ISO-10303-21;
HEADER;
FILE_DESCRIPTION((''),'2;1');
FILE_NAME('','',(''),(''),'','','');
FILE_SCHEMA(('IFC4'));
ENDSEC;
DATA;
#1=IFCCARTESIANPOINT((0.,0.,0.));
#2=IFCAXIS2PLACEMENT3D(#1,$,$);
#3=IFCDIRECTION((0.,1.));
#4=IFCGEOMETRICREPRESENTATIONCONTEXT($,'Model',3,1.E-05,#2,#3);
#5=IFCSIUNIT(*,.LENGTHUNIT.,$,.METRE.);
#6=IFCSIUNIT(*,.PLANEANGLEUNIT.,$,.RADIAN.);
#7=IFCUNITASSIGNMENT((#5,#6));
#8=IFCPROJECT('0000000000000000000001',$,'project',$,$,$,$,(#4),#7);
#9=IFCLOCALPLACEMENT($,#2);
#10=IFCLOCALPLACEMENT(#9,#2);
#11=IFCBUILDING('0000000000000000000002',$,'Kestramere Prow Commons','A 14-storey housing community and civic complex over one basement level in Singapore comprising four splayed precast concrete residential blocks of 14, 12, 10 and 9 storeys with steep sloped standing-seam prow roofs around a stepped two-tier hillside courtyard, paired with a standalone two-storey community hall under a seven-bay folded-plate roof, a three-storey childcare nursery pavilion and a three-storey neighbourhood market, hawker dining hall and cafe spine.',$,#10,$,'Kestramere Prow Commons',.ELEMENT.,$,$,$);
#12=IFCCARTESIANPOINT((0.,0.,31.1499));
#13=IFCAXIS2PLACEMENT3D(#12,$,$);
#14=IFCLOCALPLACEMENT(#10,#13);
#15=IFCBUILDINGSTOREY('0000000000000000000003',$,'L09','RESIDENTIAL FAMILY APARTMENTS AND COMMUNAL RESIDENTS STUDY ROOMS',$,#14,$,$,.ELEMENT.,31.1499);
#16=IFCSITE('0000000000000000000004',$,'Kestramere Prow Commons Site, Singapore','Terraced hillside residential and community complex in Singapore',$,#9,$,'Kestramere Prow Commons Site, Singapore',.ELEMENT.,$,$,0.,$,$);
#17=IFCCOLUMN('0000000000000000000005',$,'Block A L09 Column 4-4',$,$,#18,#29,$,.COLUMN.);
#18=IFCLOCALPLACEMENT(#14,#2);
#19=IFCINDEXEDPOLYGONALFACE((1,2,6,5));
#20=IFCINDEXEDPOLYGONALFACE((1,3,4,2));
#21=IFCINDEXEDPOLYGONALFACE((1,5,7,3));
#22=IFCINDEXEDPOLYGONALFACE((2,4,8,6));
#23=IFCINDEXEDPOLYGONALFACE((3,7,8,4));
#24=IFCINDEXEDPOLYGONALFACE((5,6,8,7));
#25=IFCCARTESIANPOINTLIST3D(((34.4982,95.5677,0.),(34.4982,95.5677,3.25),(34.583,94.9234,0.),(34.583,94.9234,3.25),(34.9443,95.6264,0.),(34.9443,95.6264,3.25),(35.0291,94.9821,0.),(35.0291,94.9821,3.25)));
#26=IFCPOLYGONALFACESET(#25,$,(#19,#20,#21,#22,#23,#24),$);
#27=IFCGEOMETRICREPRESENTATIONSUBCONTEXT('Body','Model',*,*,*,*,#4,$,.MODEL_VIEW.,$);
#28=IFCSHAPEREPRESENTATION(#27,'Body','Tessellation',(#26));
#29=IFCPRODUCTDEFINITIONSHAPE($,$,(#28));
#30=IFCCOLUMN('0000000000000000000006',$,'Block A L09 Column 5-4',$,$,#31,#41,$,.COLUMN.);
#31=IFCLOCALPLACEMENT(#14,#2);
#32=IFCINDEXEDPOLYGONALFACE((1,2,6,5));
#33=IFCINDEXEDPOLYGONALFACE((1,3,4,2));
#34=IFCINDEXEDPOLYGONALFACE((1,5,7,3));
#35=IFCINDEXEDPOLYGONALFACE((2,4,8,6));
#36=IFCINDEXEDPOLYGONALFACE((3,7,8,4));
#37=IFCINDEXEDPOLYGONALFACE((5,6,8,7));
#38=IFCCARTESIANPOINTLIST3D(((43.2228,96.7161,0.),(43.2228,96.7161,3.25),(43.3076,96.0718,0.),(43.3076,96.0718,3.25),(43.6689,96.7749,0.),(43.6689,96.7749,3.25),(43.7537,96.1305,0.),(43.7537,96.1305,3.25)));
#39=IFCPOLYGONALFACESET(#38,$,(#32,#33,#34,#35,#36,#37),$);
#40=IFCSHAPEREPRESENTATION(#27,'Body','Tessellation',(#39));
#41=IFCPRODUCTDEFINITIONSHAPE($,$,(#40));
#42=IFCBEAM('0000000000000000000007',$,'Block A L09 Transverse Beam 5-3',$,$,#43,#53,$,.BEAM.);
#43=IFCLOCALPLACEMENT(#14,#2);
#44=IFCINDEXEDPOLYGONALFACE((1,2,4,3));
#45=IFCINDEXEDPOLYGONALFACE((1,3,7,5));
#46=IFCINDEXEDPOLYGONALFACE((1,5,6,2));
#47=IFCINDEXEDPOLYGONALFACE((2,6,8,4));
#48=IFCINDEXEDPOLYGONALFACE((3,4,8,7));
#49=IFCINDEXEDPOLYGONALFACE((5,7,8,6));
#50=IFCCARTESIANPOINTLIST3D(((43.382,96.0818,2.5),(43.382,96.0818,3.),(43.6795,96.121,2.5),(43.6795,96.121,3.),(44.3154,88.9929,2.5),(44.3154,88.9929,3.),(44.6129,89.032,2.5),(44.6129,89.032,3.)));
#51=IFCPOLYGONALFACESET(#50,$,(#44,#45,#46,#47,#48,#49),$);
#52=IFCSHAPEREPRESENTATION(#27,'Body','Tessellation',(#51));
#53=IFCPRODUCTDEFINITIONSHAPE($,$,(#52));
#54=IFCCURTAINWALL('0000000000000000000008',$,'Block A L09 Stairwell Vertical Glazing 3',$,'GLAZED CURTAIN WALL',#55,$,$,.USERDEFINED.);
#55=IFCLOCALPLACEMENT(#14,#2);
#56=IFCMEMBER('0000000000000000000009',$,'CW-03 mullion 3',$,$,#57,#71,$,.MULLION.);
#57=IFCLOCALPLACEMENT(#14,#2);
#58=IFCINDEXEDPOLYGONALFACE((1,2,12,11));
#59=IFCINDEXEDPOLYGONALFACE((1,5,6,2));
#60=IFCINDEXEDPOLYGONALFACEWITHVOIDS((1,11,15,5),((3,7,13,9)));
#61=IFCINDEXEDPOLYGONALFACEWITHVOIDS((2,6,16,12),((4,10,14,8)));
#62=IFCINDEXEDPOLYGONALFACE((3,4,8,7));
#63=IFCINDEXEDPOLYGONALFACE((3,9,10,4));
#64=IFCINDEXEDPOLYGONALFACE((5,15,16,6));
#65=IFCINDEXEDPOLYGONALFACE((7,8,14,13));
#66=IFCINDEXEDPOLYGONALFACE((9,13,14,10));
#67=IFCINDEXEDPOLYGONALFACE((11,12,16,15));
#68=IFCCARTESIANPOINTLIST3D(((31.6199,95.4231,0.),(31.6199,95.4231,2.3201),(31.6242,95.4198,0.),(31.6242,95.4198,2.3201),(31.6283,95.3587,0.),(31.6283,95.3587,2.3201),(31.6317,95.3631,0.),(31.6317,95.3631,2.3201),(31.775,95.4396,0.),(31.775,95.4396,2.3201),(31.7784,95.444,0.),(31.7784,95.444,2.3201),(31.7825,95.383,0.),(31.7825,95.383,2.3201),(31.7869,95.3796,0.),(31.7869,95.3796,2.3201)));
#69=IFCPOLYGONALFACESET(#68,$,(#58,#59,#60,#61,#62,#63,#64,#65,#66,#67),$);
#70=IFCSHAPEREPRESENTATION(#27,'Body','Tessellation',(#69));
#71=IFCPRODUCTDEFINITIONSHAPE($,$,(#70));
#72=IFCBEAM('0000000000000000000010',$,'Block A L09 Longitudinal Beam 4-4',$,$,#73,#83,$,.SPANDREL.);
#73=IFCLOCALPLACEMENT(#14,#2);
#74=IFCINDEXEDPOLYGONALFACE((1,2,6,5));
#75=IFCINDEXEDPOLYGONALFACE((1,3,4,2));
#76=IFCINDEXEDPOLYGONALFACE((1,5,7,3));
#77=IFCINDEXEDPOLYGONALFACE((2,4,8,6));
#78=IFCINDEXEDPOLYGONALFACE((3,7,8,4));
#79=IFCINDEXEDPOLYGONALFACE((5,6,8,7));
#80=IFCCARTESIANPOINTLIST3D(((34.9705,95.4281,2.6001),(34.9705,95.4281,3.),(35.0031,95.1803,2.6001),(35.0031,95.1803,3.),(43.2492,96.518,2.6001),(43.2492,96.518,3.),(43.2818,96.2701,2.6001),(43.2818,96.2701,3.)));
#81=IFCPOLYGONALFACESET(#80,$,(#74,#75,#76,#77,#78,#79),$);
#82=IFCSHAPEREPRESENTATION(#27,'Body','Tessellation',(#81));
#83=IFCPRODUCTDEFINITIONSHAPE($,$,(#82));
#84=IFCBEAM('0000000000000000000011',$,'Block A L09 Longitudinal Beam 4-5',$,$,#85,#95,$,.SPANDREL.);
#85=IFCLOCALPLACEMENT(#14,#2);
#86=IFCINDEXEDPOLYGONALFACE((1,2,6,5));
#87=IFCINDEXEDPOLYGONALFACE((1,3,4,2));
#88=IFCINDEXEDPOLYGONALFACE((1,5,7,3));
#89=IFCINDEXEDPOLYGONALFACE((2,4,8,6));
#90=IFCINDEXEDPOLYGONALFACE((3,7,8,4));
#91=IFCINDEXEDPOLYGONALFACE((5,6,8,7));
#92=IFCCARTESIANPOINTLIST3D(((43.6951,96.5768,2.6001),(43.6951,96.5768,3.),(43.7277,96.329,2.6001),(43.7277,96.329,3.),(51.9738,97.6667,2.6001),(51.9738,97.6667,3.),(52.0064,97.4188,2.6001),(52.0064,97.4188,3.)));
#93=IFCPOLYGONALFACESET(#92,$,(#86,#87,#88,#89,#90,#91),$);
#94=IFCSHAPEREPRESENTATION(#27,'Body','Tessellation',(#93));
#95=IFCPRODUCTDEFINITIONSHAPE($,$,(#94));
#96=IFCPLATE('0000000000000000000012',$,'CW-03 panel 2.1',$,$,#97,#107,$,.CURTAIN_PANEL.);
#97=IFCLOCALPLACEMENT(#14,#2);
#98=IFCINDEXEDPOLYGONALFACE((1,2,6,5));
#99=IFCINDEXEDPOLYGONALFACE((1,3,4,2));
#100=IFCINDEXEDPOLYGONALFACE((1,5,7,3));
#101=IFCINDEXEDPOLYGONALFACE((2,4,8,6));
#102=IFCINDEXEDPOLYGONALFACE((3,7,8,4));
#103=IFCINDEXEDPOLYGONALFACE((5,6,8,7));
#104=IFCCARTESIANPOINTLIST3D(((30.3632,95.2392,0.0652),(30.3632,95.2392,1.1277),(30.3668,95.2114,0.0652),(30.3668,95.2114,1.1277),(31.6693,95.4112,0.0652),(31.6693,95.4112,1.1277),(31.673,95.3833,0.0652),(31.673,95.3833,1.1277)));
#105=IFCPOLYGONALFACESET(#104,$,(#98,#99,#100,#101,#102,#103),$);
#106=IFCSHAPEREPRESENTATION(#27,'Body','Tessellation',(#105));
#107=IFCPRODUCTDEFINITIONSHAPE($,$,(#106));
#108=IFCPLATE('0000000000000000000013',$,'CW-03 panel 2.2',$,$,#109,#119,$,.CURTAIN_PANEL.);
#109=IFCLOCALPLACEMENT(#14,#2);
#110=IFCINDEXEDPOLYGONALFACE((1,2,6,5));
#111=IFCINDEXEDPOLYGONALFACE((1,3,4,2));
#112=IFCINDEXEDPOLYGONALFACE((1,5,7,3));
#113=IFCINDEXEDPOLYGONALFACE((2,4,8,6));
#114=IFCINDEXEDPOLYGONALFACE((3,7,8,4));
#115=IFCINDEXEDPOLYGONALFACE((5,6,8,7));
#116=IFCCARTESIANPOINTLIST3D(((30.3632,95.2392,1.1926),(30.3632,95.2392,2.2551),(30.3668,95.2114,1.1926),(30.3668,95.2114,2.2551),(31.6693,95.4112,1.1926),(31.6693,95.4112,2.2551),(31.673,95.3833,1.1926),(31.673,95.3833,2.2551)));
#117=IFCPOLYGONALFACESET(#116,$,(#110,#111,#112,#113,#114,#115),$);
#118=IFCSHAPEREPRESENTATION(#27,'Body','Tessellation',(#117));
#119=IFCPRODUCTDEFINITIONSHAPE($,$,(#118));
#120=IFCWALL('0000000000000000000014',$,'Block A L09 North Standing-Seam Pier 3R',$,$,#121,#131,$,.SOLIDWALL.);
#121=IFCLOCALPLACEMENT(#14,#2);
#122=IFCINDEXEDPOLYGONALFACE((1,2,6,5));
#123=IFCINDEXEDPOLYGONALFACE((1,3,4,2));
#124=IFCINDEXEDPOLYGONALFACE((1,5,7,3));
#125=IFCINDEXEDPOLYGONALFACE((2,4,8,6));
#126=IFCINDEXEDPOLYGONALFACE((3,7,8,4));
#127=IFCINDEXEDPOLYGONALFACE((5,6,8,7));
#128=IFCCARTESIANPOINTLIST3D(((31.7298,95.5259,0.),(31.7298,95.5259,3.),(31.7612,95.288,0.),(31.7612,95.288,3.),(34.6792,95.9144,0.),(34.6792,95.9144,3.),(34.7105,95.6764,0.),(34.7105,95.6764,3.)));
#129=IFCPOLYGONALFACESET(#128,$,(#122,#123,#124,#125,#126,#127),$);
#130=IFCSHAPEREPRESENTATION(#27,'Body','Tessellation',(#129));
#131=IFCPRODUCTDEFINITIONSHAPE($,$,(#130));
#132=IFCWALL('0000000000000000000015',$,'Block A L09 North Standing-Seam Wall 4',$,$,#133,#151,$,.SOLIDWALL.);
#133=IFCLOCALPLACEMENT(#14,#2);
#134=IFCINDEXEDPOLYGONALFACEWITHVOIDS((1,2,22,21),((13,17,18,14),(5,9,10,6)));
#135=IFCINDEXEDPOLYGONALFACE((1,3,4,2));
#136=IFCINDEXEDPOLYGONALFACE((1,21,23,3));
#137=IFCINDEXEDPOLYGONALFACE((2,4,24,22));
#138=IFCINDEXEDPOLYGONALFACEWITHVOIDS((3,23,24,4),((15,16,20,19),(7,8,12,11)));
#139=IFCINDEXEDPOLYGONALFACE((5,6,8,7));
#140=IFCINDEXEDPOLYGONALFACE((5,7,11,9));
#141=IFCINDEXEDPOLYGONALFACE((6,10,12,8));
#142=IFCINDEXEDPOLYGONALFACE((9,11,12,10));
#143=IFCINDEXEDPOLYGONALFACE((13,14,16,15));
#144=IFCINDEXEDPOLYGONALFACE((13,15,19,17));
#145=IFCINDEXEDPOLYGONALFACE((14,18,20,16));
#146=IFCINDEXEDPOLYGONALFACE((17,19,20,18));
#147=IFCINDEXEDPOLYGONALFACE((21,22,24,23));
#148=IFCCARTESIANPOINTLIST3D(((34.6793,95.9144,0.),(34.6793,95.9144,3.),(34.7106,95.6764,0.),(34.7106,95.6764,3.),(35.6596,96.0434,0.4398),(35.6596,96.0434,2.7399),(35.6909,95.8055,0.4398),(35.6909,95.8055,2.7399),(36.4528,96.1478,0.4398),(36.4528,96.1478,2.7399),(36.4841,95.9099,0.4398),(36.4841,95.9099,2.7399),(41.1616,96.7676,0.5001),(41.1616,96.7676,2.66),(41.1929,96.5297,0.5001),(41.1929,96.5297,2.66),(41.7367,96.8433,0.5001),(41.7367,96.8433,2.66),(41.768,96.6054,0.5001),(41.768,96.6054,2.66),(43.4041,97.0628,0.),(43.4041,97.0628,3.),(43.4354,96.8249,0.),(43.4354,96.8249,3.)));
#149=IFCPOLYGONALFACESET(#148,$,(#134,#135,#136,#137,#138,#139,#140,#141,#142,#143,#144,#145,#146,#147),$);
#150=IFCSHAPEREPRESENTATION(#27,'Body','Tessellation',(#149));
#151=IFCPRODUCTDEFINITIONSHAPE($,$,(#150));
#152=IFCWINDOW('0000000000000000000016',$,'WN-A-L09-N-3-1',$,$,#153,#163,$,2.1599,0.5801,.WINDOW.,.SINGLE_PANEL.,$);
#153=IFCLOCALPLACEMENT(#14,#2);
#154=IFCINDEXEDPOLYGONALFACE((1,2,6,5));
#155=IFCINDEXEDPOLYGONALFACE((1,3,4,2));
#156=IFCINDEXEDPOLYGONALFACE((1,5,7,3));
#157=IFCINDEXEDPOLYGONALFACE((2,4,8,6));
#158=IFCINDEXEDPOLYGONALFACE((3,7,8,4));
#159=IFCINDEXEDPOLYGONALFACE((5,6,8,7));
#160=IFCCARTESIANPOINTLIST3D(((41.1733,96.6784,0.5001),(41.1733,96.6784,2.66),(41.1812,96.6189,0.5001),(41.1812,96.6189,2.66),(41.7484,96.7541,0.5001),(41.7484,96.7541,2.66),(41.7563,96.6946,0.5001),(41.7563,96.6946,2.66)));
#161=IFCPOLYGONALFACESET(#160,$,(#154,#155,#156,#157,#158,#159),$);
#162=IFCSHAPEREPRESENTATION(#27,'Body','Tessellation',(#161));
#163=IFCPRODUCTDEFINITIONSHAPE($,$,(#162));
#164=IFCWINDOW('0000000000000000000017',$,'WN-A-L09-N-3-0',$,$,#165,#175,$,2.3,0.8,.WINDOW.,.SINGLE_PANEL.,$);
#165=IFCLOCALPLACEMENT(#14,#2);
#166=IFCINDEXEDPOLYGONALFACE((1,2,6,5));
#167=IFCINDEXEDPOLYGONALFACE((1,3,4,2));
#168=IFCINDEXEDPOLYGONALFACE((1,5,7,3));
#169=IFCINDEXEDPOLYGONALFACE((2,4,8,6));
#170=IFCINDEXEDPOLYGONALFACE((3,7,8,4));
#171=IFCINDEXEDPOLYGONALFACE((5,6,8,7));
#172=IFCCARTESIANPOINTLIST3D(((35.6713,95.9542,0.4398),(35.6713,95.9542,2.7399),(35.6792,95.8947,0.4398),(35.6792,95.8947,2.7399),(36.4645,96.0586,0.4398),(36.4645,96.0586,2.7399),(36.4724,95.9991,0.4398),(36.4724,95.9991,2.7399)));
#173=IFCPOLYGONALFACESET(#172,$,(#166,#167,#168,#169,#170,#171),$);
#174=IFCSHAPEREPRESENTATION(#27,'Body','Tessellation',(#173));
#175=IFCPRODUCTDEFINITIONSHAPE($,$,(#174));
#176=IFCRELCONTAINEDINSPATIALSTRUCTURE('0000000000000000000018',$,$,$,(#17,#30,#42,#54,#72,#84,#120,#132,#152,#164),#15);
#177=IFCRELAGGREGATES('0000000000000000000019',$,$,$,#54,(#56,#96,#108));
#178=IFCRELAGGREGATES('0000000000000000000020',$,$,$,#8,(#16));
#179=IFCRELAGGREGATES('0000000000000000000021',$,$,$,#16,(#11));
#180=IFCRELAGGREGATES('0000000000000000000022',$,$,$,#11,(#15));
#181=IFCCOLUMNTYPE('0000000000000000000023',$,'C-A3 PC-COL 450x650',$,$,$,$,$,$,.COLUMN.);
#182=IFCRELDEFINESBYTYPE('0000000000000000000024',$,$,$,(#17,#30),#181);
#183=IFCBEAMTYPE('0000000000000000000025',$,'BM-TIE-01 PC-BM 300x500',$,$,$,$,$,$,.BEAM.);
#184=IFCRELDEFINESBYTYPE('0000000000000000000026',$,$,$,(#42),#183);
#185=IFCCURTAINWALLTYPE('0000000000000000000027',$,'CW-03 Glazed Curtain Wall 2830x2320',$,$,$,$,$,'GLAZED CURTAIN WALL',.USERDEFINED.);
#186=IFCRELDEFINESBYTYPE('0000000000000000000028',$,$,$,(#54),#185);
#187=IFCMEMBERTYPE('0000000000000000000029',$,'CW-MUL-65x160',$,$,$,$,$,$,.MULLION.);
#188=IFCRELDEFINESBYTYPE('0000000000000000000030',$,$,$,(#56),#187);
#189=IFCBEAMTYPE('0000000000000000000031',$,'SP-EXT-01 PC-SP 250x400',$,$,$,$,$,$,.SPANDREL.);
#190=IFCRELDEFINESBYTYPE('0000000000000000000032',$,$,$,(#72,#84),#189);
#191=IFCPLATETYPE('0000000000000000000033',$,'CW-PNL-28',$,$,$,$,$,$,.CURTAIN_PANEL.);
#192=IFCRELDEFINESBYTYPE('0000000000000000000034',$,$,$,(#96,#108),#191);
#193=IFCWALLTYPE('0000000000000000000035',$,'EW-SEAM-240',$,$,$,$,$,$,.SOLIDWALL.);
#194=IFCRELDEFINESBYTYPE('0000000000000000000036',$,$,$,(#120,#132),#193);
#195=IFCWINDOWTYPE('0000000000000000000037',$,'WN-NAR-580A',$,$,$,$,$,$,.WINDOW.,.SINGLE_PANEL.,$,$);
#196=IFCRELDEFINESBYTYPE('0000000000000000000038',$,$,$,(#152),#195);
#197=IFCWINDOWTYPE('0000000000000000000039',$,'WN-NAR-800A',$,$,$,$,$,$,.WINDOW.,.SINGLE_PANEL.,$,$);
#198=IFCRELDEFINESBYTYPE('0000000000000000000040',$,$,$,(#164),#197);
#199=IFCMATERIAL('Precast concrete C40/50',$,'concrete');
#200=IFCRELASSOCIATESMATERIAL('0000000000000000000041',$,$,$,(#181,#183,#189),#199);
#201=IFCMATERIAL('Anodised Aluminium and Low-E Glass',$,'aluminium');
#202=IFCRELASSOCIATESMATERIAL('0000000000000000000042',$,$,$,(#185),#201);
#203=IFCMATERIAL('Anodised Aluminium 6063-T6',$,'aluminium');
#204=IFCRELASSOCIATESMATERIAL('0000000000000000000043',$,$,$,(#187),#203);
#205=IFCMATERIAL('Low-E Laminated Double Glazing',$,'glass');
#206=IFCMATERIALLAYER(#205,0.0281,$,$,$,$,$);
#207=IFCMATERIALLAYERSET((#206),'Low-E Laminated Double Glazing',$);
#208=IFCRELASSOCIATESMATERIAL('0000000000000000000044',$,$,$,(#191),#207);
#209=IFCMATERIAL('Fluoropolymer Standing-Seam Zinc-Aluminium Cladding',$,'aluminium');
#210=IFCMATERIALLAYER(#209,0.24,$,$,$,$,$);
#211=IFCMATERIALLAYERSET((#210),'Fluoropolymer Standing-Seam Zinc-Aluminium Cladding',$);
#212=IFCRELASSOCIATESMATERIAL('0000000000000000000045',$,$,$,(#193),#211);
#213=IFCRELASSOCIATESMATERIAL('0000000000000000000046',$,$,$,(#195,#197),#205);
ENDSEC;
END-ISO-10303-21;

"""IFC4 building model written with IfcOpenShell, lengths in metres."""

from ifc_helpers import new_model, si_unit, direction, frame, frame_2d, origin, origin_2d, place, context, subcontext, project, spatial, rectangle, hollow_rectangle, extrude, material, layer, layer_set, material_profile, profile_set, type_object, element, fill, aggregate, save


model = new_model("IFC4")

# Units and contexts
model_context = context("Model", 3, precision=1e-05, world=origin(), true_north=direction((0.0, 1.0)))
body_context = subcontext(model_context, "Body", "Model", "MODEL_VIEW")
ifc_project = project(units=[si_unit("LENGTHUNIT", "METRE"), si_unit("PLANEANGLEUNIT", "RADIAN")], contexts=[model_context])

# Site, building, storey
site_placement = place(None, origin())
site = spatial("IfcSite", under=ifc_project, at=site_placement, Name="Kestramere Prow Commons Site, Singapore", Description="Terraced hillside residential and community complex in Singapore", LongName="Kestramere Prow Commons Site, Singapore", CompositionType="ELEMENT", RefElevation=0.0)
building_placement = place(site_placement, origin())
building = spatial("IfcBuilding", under=site, at=building_placement, Name="Kestramere Prow Commons", Description="A 14-storey housing community and civic complex over one basement level in Singapore comprising four splayed precast concrete residential blocks of 14, 12, 10 and 9 storeys with steep sloped standing-seam prow roofs around a stepped two-tier hillside courtyard, paired with a standalone two-storey community hall under a seven-bay folded-plate roof, a three-storey childcare nursery pavilion and a three-storey neighbourhood market, hawker dining hall and cafe spine.", LongName="Kestramere Prow Commons", CompositionType="ELEMENT")
storey_placement = place(building_placement, frame((0.0, 0.0, 31.1499)))
storey = spatial("IfcBuildingStorey", under=building, at=storey_placement, Name="L09", Description="RESIDENTIAL FAMILY APARTMENTS AND COMMUNAL RESIDENTS STUDY ROOMS", CompositionType="ELEMENT", Elevation=31.1499)

# Columns
ifc_material_1 = material(Name="Precast concrete C40/50", Category="concrete")
ifc_material_profile_1 = material_profile(ifc_material_1, rectangle(XDim=0.45, YDim=0.6499, at=origin_2d()), Name="PC-COL 450x650")
ifc_profile_set_1 = profile_set([ifc_material_profile_1], Name="Precast concrete C40/50")
column_type = type_object("IfcColumnType", Name="C-A3 PC-COL 450x650", PredefinedType="COLUMN", material=ifc_profile_set_1)
for number, where, z_axis, x_axis, name in (
    (1, (34.7637, 95.2749, 0.0), (0.0, 0.0, 1.0), (0.991445, 0.130526, 0.0), "Block A L09 Column 4-4"),
    (2, (43.4883, 96.4233, 0.0), (0.0, 0.0, 1.0), (0.991445, 0.130526, 0.0), "Block A L09 Column 5-4"),
):
    element("IfcColumn", number, at=place(storey_placement, frame(where, z_axis=z_axis, x_axis=x_axis)), inside=storey, type_object=column_type, Name=name, PredefinedType="COLUMN", context=body_context, shape_type="SweptSolid", body=[
        extrude(rectangle(XDim=0.45, YDim=0.6499, at=origin_2d()), origin(), (0.0, 0.0, 1.0), 3.25),
    ])

# Beam
ifc_material_profile_2 = material_profile(ifc_material_1, rectangle(XDim=0.3, YDim=0.5, at=origin_2d()), Name="PC-BM 300x500")
ifc_profile_set_2 = profile_set([ifc_material_profile_2], Name="Precast concrete C40/50")
beam_type_1 = type_object("IfcBeamType", Name="BM-TIE-01 PC-BM 300x500", PredefinedType="BEAM", material=ifc_profile_set_2)
beam_placement = place(storey_placement, frame((44.4641, 89.0125, 2.75), z_axis=(-0.130538, 0.991443, 0.0), x_axis=(-0.991443, -0.130538, 0.0)))
element("IfcBeam", 3, at=beam_placement, inside=storey, type_object=beam_type_1, Name="Block A L09 Transverse Beam 5-3", PredefinedType="BEAM", context=body_context, shape_type="SweptSolid", body=[
    extrude(rectangle(XDim=0.3, YDim=0.5, at=origin_2d()), origin(), (0.0, 0.0, 1.0), 7.1501),
])

# Curtain wall, member
ifc_material_2 = material(Name="Anodised Aluminium and Low-E Glass", Category="aluminium")
curtain_wall_type = type_object("IfcCurtainWallType", Name="CW-03 Glazed Curtain Wall 2830x2320", ElementType="GLAZED CURTAIN WALL", PredefinedType="USERDEFINED", material=ifc_material_2)
curtain_wall_placement = place(storey_placement, origin())
curtain_wall = element("IfcCurtainWall", 4, at=curtain_wall_placement, inside=storey, type_object=curtain_wall_type, Name="Block A L09 Stairwell Vertical Glazing 3", ObjectType="GLAZED CURTAIN WALL", PredefinedType="USERDEFINED")
ifc_material_3 = material(Name="Anodised Aluminium 6063-T6", Category="aluminium")
ifc_material_profile_3 = material_profile(ifc_material_3, hollow_rectangle(XDim=0.0649, YDim=0.1599, WallThickness=0.0039, at=origin_2d()), Name="ALU-MUL 65x160")
ifc_profile_set_3 = profile_set([ifc_material_profile_3], Name="Anodised Aluminium 6063-T6")
member_type = type_object("IfcMemberType", Name="CW-MUL-65x160", PredefinedType="MULLION", material=ifc_profile_set_3)
member_placement = place(storey_placement, frame((31.7034, 95.4014, 0.0), z_axis=(0.0, 0.0, 1.0), x_axis=(-0.130526, 0.991445, 0.0)))
member = element("IfcMember", 5, at=member_placement, type_object=member_type, Name="CW-03 mullion 3", PredefinedType="MULLION", context=body_context, shape_type="SweptSolid", body=[
    extrude(hollow_rectangle(XDim=0.0649, YDim=0.1599, WallThickness=0.0039, at=origin_2d()), origin(), (0.0, 0.0, 1.0), 2.3201),
])

# Beams
ifc_material_profile_4 = material_profile(ifc_material_1, rectangle(XDim=0.25, YDim=0.3999, at=origin_2d()), Name="PC-SP 250x400")
ifc_profile_set_4 = profile_set([ifc_material_profile_4], Name="Precast concrete C40/50")
beam_type_2 = type_object("IfcBeamType", Name="SP-EXT-01 PC-SP 250x400", PredefinedType="SPANDREL", material=ifc_profile_set_4)
for number, where, z_axis, x_axis, name in (
    (6, (34.9868, 95.3042, 2.8), (0.991446, 0.13052, 0.0), (-0.13052, 0.991446, 0.0), "Block A L09 Longitudinal Beam 4-4"),
    (7, (43.7114, 96.4529, 2.8), (0.991446, 0.13052, 0.0), (-0.13052, 0.991446, 0.0), "Block A L09 Longitudinal Beam 4-5"),
):
    element("IfcBeam", number, at=place(storey_placement, frame(where, z_axis=z_axis, x_axis=x_axis)), inside=storey, type_object=beam_type_2, Name=name, PredefinedType="SPANDREL", context=body_context, shape_type="SweptSolid", body=[
        extrude(rectangle(XDim=0.25, YDim=0.3999, at=origin_2d()), origin(), (0.0, 0.0, 1.0), 8.3501),
    ])

# Plates
ifc_material_4 = material(Name="Low-E Laminated Double Glazing", Category="glass")
ifc_layer_1 = layer(ifc_material_4, 0.0281)
ifc_layer_set_1 = layer_set([ifc_layer_1], Name="Low-E Laminated Double Glazing")
plate_type = type_object("IfcPlateType", Name="CW-PNL-28", PredefinedType="CURTAIN_PANEL", material=ifc_layer_set_1)
plate_1_placement = place(storey_placement, frame((31.0181, 95.3113, 0.0652), z_axis=(0.0, 0.0, 1.0), x_axis=(0.991445, 0.130526, 0.0)))
plate_1 = element("IfcPlate", 8, at=plate_1_placement, type_object=plate_type, Name="CW-03 panel 2.1", PredefinedType="CURTAIN_PANEL", context=body_context, shape_type="SweptSolid", body=[
    extrude(rectangle(XDim=1.3174, YDim=0.0281, at=origin_2d()), origin(), (0.0, 0.0, 1.0), 1.0625),
])
plate_2_placement = place(storey_placement, frame((31.0181, 95.3113, 1.1926), z_axis=(0.0, 0.0, 1.0), x_axis=(0.991445, 0.130526, 0.0)))
plate_2 = element("IfcPlate", 9, at=plate_2_placement, type_object=plate_type, Name="CW-03 panel 2.2", PredefinedType="CURTAIN_PANEL", context=body_context, shape_type="SweptSolid", body=[
    extrude(rectangle(XDim=1.3174, YDim=0.0281, at=origin_2d()), origin(), (0.0, 0.0, 1.0), 1.0625),
])
aggregate(curtain_wall, [member, plate_1, plate_2])

# Wall
ifc_material_5 = material(Name="Fluoropolymer Standing-Seam Zinc-Aluminium Cladding", Category="aluminium")
ifc_layer_2 = layer(ifc_material_5, 0.24)
ifc_layer_set_2 = layer_set([ifc_layer_2], Name="Fluoropolymer Standing-Seam Zinc-Aluminium Cladding")
wall_type_1 = type_object("IfcWallType", Name="EW-SEAM-240", PredefinedType="SOLIDWALL", material=ifc_layer_set_2)
wall_1_placement = place(storey_placement, frame((31.7456, 95.407, 0.0), z_axis=(0.0, 0.0, 1.0), x_axis=(0.991439, 0.130567, 0.0)))
element("IfcWall", 10, at=wall_1_placement, inside=storey, type_object=wall_type_1, Name="Block A L09 North Standing-Seam Pier 3R", PredefinedType="SOLIDWALL", context=body_context, shape_type="SweptSolid", body=[
    extrude(rectangle(XDim=2.9749, YDim=0.24, at=frame_2d((1.4873, 0.0))), origin(), (0.0, 0.0, 1.0), 3.0),
])

# Wall, openings, windows
wall_2_placement = place(storey_placement, frame((34.6951, 95.7954, 0.0), z_axis=(0.0, 0.0, 1.0), x_axis=(0.991448, 0.130503, 0.0)))
wall_2 = element("IfcWall", 11, at=wall_2_placement, inside=storey, type_object=wall_type_1, Name="Block A L09 North Standing-Seam Wall 4", PredefinedType="SOLIDWALL", context=body_context, shape_type="SweptSolid", body=[
    extrude(rectangle(XDim=8.8, YDim=0.24, at=frame_2d((4.3999, 0.0))), origin(), (0.0, 0.0, 1.0), 3.0),
])
opening_1_placement = place(wall_2_placement, frame((0.9888, 0.0, 0.4399)))
opening_1 = element("IfcOpeningElement", 12, at=opening_1_placement, cuts=wall_2, PredefinedType="OPENING", context=body_context, shape_type="SweptSolid", body=[
    extrude(rectangle(XDim=0.8, YDim=2.3, at=frame_2d((0.3999, 1.1499))), frame((0.0, 0.135, 0.0), z_axis=(0.0, -1.0, 0.0), x_axis=(1.0, 0.0, 0.0)), (0.0, 0.0, 1.0), 0.27),
])
opening_2_placement = place(wall_2_placement, frame((6.5381, 0.0, 0.5)))
opening_2 = element("IfcOpeningElement", 13, at=opening_2_placement, cuts=wall_2, PredefinedType="OPENING", context=body_context, shape_type="SweptSolid", body=[
    extrude(rectangle(XDim=0.5801, YDim=2.1599, at=frame_2d((0.29, 1.0801))), frame((0.0, 0.135, 0.0), z_axis=(0.0, -1.0, 0.0), x_axis=(1.0, 0.0, 0.0)), (0.0, 0.0, 1.0), 0.27),
])
window_type_1 = type_object("IfcWindowType", Name="WN-NAR-580A", PartitioningType="SINGLE_PANEL", PredefinedType="WINDOW", material=ifc_material_4)
window_1_placement = place(opening_2_placement, origin())
window_1 = element("IfcWindow", 14, at=window_1_placement, inside=storey, type_object=window_type_1, Name="WN-A-L09-N-3-1", OverallHeight=2.1599, OverallWidth=0.5801, PartitioningType="SINGLE_PANEL", PredefinedType="WINDOW", context=body_context, shape_type="SweptSolid", body=[
    extrude(rectangle(XDim=0.5801, YDim=2.1599, at=frame_2d((0.29, 1.0801))), frame((0.0, 0.03, 0.0), z_axis=(0.0, -1.0, 0.0), x_axis=(1.0, 0.0, 0.0)), (0.0, 0.0, 1.0), 0.0601),
])
fill(opening_2, window_1)
window_type_2 = type_object("IfcWindowType", Name="WN-NAR-800A", PartitioningType="SINGLE_PANEL", PredefinedType="WINDOW", material=ifc_material_4)
window_2_placement = place(opening_1_placement, origin())
window_2 = element("IfcWindow", 15, at=window_2_placement, inside=storey, type_object=window_type_2, Name="WN-A-L09-N-3-0", OverallHeight=2.3, OverallWidth=0.8, PartitioningType="SINGLE_PANEL", PredefinedType="WINDOW", context=body_context, shape_type="SweptSolid", body=[
    extrude(rectangle(XDim=0.8, YDim=2.3, at=frame_2d((0.3999, 1.1499))), frame((0.0, 0.03, 0.0), z_axis=(0.0, -1.0, 0.0), x_axis=(1.0, 0.0, 0.0)), (0.0, 0.0, 1.0), 0.0601),
])
fill(opening_1, window_2)

save(model, "model.ifc")
